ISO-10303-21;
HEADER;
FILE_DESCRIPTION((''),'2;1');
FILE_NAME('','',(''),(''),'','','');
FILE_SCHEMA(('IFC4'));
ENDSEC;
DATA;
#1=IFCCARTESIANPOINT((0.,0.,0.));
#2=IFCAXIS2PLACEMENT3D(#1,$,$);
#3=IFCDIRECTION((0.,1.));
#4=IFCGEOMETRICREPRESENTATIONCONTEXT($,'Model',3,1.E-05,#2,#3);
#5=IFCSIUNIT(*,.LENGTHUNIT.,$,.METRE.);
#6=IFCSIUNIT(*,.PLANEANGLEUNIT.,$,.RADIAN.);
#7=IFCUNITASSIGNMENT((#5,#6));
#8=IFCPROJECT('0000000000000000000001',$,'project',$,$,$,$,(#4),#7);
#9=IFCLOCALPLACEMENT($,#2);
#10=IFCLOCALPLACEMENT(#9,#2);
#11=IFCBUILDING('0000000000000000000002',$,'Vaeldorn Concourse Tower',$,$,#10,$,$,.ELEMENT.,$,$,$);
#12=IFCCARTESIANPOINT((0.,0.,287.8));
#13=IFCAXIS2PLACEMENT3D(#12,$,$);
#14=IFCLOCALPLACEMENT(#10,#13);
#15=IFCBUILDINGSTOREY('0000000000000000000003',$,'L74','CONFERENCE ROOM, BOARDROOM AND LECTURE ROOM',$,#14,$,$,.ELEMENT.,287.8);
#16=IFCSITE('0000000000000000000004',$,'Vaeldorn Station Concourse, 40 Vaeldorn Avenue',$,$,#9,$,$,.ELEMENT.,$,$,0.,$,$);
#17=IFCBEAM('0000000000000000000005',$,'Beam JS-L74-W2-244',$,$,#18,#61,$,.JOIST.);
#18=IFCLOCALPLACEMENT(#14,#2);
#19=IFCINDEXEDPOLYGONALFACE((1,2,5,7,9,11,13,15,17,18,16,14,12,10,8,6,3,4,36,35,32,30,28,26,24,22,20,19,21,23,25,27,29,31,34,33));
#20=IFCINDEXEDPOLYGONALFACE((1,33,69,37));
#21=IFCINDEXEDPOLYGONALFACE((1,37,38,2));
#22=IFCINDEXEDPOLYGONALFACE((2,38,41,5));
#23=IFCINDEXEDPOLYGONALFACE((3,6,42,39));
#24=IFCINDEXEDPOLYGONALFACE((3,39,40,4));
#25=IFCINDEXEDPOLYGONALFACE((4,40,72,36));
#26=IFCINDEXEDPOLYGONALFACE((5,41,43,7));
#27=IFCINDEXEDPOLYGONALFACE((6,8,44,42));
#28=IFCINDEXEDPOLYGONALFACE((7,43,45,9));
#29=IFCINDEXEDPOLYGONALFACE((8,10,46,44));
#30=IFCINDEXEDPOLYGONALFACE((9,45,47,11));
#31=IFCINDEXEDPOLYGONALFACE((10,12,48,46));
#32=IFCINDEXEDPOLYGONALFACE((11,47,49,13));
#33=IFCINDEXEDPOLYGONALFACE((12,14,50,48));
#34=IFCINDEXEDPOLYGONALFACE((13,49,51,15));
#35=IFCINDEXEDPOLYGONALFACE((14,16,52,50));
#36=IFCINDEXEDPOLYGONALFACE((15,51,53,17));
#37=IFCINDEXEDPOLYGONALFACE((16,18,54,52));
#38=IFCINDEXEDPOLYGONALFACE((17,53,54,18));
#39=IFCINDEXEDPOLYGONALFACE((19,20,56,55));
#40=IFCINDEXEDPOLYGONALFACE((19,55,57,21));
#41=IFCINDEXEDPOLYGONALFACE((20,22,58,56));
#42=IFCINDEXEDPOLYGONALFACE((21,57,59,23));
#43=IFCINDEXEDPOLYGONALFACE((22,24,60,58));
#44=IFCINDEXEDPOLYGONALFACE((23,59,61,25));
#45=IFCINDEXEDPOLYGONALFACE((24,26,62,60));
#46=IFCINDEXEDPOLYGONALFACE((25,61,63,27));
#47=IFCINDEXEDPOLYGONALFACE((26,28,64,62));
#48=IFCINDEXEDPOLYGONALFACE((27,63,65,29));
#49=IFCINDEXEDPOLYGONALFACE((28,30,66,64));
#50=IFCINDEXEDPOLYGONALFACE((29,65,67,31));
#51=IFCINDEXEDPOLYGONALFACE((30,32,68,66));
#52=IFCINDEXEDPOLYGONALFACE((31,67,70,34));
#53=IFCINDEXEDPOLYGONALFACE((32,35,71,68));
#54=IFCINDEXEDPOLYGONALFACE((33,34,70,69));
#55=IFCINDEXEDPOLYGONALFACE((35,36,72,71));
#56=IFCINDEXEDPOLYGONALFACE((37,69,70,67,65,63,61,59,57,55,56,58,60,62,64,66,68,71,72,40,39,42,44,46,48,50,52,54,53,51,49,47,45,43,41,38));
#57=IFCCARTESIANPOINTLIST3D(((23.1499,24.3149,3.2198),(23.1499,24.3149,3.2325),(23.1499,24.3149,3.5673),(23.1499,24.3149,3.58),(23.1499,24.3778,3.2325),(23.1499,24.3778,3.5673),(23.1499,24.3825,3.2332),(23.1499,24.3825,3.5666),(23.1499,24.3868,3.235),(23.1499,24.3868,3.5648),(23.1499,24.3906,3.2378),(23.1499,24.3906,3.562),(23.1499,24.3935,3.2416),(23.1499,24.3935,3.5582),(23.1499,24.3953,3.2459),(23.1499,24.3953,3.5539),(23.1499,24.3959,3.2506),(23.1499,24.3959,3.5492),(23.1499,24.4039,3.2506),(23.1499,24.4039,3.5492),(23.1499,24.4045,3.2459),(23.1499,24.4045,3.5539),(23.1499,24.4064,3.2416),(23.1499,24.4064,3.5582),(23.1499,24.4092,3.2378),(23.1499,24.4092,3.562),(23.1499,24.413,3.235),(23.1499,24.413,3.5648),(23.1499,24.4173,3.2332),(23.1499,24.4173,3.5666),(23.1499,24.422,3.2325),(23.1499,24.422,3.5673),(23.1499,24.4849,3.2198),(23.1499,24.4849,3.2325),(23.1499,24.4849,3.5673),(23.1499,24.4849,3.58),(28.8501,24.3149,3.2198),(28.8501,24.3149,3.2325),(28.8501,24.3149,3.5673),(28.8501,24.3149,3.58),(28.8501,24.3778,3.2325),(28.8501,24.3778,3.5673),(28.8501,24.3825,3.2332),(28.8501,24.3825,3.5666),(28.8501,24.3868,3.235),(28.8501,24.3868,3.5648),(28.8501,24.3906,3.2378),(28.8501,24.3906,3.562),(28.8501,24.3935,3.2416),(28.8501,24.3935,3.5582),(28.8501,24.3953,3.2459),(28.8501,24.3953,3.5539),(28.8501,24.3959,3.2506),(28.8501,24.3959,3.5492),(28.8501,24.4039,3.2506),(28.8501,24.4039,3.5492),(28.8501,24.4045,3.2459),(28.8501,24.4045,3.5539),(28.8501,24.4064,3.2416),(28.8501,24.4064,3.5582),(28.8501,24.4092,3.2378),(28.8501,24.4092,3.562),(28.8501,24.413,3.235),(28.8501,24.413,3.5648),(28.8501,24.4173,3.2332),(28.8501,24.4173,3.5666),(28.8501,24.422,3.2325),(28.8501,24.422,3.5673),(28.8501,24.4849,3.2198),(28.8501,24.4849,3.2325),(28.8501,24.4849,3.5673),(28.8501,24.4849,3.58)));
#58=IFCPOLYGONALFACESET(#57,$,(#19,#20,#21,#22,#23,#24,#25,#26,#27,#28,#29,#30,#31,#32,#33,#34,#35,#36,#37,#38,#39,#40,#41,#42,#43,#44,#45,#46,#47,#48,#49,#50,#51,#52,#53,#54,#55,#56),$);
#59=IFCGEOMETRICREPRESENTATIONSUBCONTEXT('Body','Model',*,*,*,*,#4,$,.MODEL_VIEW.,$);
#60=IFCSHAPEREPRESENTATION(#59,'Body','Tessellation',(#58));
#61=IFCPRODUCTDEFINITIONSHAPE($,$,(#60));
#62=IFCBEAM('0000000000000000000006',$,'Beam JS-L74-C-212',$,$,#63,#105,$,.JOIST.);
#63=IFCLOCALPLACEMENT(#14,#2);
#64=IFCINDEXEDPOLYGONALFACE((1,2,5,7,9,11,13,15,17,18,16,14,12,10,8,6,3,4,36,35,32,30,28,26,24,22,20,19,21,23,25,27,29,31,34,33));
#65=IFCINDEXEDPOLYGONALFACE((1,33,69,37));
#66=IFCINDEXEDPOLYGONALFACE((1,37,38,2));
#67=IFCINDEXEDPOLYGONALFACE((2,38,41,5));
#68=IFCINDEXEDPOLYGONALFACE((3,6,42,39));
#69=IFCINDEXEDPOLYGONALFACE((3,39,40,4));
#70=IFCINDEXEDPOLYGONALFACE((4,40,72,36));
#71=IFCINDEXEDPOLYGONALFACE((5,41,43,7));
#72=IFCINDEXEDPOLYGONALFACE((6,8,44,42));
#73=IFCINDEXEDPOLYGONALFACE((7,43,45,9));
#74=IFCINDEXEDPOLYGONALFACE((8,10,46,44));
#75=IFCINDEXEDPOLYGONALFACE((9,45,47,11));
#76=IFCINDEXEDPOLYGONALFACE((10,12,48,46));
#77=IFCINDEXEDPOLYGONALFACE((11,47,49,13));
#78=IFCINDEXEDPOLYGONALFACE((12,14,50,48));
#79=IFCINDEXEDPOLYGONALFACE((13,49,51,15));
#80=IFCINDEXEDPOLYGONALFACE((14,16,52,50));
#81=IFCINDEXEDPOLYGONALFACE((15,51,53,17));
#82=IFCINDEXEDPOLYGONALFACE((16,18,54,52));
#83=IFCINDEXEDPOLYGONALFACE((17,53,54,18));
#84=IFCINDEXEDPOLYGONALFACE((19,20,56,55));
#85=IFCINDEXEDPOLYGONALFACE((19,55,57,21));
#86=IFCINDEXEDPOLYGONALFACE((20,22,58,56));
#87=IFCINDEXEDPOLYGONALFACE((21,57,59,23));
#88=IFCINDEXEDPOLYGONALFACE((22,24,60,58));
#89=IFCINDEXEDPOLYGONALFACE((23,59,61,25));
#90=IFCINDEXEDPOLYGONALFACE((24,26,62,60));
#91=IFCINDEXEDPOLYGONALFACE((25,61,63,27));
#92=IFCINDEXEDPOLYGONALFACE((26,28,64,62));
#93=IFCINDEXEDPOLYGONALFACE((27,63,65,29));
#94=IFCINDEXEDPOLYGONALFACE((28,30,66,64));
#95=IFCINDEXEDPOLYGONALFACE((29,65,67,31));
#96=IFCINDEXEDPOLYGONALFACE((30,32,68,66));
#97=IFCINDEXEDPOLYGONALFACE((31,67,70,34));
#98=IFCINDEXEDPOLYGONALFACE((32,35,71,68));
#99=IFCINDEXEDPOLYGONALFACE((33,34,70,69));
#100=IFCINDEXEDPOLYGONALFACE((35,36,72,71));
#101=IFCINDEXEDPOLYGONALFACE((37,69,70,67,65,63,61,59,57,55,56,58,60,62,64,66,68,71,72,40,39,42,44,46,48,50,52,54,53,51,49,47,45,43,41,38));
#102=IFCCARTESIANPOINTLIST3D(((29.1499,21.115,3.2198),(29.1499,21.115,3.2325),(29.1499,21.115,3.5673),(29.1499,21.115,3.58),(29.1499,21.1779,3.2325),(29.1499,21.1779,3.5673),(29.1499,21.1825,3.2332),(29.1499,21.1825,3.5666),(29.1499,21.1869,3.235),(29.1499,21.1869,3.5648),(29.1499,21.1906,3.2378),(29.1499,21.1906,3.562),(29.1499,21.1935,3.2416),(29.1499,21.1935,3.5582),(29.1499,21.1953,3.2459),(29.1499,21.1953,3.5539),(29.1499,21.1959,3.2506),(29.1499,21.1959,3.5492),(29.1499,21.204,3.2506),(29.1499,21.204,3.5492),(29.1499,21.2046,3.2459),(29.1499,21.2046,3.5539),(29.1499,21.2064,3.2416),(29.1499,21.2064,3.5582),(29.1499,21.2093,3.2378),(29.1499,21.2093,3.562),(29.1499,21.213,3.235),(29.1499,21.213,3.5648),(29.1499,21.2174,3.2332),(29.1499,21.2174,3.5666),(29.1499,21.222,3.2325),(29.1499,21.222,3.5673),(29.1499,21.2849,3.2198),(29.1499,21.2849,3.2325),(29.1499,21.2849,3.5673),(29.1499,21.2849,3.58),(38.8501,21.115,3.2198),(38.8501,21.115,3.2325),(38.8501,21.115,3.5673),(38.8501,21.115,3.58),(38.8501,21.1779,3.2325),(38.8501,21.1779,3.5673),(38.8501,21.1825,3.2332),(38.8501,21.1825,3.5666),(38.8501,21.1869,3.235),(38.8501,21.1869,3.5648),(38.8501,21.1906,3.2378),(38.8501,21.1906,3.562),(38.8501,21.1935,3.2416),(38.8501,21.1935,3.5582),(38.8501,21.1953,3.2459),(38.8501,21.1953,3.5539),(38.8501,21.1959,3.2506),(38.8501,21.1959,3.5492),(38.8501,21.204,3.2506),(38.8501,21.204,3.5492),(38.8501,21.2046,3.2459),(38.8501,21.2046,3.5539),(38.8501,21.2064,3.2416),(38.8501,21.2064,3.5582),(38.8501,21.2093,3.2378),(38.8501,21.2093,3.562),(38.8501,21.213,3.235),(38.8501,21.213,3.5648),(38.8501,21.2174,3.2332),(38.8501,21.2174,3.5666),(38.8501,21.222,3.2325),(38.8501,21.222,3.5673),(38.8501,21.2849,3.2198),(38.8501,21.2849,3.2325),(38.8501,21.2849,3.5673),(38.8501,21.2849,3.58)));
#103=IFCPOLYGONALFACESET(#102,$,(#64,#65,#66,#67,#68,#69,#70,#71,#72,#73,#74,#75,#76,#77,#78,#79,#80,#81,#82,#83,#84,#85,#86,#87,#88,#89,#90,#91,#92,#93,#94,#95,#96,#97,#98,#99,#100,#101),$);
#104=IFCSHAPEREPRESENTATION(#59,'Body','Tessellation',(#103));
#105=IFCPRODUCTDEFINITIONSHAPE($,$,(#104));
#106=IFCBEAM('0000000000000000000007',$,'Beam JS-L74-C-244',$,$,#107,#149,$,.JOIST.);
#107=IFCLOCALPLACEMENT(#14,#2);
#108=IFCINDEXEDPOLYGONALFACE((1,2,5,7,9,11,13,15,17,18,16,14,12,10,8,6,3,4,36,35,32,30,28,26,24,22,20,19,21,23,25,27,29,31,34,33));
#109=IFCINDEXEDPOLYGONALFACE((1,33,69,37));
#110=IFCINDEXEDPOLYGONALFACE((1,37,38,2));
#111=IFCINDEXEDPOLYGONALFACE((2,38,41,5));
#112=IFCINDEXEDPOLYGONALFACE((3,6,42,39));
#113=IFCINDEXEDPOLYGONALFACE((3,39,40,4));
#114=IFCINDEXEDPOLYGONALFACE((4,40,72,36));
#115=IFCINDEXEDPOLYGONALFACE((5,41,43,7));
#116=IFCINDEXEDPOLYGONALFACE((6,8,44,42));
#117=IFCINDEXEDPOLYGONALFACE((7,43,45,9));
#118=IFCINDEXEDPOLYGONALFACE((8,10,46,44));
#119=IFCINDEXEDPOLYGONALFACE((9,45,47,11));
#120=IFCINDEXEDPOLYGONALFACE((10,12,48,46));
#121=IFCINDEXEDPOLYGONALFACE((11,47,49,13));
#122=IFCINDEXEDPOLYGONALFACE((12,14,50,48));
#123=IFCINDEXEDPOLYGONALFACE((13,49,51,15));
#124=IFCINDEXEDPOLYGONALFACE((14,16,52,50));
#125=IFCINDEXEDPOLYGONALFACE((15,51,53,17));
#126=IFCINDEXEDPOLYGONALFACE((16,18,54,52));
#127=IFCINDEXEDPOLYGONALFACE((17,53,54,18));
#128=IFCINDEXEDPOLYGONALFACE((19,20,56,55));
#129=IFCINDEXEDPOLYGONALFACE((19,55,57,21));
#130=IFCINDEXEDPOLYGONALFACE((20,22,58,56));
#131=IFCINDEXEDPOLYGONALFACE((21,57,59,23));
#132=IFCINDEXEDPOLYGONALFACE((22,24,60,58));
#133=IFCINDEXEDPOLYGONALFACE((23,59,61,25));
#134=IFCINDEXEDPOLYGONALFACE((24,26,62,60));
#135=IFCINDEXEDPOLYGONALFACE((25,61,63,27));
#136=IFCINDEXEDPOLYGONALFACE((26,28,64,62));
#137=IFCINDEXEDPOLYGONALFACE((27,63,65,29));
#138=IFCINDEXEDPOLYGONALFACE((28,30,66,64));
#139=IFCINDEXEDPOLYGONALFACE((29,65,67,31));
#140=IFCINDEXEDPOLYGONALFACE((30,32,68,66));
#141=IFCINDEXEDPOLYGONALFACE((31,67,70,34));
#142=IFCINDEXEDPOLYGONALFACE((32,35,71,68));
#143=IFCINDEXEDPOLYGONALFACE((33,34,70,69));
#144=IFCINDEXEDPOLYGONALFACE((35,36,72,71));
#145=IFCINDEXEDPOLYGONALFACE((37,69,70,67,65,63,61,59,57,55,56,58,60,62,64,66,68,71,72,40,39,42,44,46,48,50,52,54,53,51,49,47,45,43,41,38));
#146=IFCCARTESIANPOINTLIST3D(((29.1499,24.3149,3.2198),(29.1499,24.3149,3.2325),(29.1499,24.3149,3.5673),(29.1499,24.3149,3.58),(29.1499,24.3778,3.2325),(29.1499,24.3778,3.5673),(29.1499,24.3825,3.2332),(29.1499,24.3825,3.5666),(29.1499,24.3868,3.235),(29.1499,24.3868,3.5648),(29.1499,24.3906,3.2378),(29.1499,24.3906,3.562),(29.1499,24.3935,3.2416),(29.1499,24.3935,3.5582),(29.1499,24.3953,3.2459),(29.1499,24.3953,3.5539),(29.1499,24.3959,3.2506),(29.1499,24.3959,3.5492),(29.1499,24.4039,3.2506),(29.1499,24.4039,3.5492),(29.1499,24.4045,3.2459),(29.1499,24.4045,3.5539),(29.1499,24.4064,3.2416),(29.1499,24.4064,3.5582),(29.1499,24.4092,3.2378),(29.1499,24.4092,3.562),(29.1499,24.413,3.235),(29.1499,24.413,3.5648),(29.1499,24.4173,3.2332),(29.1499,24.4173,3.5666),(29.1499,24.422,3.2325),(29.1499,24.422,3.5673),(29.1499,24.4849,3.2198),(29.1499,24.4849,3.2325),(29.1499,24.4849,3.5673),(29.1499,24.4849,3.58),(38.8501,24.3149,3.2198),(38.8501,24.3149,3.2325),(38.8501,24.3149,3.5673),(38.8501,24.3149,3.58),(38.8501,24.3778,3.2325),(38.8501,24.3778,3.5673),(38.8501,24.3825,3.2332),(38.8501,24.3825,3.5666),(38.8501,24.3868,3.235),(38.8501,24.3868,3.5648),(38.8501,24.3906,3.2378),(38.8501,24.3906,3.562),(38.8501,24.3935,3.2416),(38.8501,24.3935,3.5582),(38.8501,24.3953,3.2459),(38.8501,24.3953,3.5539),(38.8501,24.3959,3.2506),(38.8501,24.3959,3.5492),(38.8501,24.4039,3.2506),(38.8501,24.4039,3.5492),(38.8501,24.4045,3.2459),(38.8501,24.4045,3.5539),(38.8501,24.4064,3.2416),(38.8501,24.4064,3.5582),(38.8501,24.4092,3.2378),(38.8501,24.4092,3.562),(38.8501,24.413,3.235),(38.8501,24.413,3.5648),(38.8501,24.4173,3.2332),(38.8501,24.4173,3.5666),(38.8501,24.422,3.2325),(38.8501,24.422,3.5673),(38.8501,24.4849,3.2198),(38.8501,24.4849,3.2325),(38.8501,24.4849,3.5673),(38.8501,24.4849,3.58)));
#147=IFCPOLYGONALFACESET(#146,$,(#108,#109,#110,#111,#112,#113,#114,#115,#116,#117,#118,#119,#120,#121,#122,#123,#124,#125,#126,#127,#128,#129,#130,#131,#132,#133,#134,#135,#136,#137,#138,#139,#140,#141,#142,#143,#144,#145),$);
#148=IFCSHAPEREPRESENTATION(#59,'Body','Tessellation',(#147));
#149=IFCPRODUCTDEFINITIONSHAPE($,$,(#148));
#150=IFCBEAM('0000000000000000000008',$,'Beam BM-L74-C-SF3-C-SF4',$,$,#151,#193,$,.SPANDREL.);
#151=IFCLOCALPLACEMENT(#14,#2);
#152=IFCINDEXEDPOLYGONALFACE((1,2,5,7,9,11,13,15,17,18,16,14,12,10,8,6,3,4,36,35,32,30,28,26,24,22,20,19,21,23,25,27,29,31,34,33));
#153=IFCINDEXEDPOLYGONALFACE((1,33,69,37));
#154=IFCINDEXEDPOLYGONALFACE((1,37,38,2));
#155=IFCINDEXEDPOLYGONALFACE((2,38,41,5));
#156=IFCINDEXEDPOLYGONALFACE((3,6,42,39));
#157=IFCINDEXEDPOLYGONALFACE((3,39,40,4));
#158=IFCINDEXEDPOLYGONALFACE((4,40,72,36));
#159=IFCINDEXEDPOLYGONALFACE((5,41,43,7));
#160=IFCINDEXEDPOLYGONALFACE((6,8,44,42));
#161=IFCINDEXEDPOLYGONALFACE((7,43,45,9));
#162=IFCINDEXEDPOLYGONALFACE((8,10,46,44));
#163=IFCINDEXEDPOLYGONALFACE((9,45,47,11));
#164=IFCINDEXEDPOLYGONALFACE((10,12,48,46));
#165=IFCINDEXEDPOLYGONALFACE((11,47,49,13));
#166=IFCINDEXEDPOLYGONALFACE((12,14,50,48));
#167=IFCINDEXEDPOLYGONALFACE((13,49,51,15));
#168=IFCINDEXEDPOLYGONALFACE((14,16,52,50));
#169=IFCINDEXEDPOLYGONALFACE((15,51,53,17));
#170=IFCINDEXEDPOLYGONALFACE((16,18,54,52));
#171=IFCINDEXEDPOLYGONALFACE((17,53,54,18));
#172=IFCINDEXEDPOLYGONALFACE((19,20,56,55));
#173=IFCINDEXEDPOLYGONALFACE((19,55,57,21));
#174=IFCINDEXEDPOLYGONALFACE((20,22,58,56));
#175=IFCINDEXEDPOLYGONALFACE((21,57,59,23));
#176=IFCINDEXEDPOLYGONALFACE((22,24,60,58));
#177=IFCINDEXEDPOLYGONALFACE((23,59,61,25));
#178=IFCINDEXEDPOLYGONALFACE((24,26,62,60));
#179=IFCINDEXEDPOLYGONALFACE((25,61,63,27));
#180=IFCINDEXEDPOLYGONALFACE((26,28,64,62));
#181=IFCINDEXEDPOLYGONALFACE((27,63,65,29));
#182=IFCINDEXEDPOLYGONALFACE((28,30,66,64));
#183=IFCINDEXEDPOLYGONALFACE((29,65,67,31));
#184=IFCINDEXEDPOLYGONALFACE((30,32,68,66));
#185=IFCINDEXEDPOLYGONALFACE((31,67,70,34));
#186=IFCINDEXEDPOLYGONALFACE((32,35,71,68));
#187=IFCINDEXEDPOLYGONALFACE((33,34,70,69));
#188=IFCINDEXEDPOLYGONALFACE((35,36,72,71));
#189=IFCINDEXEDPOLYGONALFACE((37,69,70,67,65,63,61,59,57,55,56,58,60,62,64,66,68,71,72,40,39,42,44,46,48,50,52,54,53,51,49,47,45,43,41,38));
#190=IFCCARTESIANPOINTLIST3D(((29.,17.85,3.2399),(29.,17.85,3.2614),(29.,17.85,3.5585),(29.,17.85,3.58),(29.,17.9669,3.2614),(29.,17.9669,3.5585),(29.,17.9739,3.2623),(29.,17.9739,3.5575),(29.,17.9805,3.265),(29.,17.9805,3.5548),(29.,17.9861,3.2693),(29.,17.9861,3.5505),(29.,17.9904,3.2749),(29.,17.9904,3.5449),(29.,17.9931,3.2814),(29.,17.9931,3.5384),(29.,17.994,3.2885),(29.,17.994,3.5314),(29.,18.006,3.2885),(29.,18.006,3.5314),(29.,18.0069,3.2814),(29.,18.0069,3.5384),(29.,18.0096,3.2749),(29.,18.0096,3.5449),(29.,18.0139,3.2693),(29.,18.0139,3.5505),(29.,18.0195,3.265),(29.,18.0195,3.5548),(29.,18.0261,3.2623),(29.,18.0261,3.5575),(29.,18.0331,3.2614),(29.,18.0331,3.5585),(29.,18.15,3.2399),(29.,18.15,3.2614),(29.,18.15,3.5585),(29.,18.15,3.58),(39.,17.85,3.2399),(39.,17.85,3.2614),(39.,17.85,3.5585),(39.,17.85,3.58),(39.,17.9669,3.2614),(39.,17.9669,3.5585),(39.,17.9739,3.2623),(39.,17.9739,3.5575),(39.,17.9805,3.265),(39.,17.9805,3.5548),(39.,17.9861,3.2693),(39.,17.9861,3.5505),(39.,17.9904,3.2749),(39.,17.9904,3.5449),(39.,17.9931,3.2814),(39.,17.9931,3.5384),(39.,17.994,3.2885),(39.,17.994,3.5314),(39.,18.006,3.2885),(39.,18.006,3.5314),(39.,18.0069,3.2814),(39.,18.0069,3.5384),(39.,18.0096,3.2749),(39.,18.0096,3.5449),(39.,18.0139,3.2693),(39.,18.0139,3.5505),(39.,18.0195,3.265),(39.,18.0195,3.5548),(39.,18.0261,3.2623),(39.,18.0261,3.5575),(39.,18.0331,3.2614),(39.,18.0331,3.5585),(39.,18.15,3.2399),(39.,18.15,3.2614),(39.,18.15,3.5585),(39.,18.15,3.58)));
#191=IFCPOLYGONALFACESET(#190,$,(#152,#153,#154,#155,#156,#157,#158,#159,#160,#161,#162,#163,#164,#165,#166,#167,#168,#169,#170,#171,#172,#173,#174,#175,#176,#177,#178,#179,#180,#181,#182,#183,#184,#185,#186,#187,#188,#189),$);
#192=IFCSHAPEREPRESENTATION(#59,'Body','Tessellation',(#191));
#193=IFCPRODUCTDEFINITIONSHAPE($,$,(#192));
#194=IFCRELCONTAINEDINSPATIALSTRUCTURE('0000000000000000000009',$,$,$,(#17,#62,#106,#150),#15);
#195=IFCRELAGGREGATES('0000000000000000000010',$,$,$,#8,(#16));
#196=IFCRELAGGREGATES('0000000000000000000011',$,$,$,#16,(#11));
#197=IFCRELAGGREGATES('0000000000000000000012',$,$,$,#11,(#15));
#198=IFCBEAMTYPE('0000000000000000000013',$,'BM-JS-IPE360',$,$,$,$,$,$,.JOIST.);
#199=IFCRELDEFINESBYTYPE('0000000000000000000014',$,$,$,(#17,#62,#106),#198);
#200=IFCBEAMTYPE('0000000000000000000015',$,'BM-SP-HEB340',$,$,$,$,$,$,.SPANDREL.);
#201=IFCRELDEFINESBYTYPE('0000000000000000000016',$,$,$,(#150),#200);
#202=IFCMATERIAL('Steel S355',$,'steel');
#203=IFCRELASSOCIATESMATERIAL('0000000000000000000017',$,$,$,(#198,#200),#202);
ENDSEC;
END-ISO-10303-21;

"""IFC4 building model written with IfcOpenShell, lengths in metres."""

from ifc_helpers import new_model, si_unit, direction, frame, origin, origin_2d, place, context, subcontext, project, spatial, i_section, extrude, source, transform, mapped, material, material_profile, profile_set, type_object, element, save


model = new_model("IFC4")

# Units and contexts
model_context = context("Model", 3, precision=1e-05, world=origin(), true_north=direction((0.0, 1.0)))
body_context = subcontext(model_context, "Body", "Model", "MODEL_VIEW")
ifc_project = project(units=[si_unit("LENGTHUNIT", "METRE"), si_unit("PLANEANGLEUNIT", "RADIAN")], contexts=[model_context])

# Site, building, storey
site_placement = place(None, origin())
site = spatial("IfcSite", under=ifc_project, at=site_placement, Name="Vaeldorn Station Concourse, 40 Vaeldorn Avenue", CompositionType="ELEMENT", RefElevation=0.0)
building_placement = place(site_placement, origin())
building = spatial("IfcBuilding", under=site, at=building_placement, Name="Vaeldorn Concourse Tower", CompositionType="ELEMENT")
storey_placement = place(building_placement, frame((0.0, 0.0, 287.8)))
storey = spatial("IfcBuildingStorey", under=building, at=storey_placement, Name="L74", Description="CONFERENCE ROOM, BOARDROOM AND LECTURE ROOM", CompositionType="ELEMENT", Elevation=287.8)

# Shared definitions
ifc_material_1 = material(Name="Steel S355", Category="steel")

# Beams
ifc_material_profile_1 = material_profile(ifc_material_1, i_section(OverallWidth=0.1699, OverallDepth=0.3601, WebThickness=0.0081, FlangeThickness=0.0127, FilletRadius=0.0181, at=origin_2d()), Name="IPE 360")
ifc_profile_set_1 = profile_set([ifc_material_profile_1], Name="Steel S355")
beam_type_1 = type_object("IfcBeamType", Name="BM-JS-IPE360", PredefinedType="JOIST", material=ifc_profile_set_1)
shared_shape_1 = source(origin(), body_context, "Body", "SweptSolid", [
    extrude(i_section(OverallWidth=0.1699, OverallDepth=0.3601, WebThickness=0.0081, FlangeThickness=0.0127, FilletRadius=0.0181, at=origin_2d()), origin(), (0.0, 0.0, 1.0), 5.7002),
])
for number, where, z_axis, x_axis, name in (
    (1, (23.1499, 24.3999, 3.3999), (1.0, 0.0, 0.0), (0.0, 1.0, 0.0), "Beam JS-L74-W2-244"),
):
    element("IfcBeam", number, at=place(storey_placement, frame(where, z_axis=z_axis, x_axis=x_axis)), inside=storey, type_object=beam_type_1, Name=name, PredefinedType="JOIST", context=body_context, shape_type="MappedRepresentation", body=[
        mapped(shared_shape_1, transform((0.0, 0.0, 0.0), scale=1.0)),
    ])
shared_shape_2 = source(origin(), body_context, "Body", "SweptSolid", [
    extrude(i_section(OverallWidth=0.1699, OverallDepth=0.3601, WebThickness=0.0081, FlangeThickness=0.0127, FilletRadius=0.0181, at=origin_2d()), origin(), (0.0, 0.0, 1.0), 9.7002),
])
for number, where, z_axis, x_axis, name in (
    (2, (29.1499, 21.2, 3.3999), (1.0, 0.0, 0.0), (0.0, 1.0, 0.0), "Beam JS-L74-C-212"),
    (3, (29.1499, 24.3999, 3.3999), (1.0, 0.0, 0.0), (0.0, 1.0, 0.0), "Beam JS-L74-C-244"),
):
    element("IfcBeam", number, at=place(storey_placement, frame(where, z_axis=z_axis, x_axis=x_axis)), inside=storey, type_object=beam_type_1, Name=name, PredefinedType="JOIST", context=body_context, shape_type="MappedRepresentation", body=[
        mapped(shared_shape_2, transform((0.0, 0.0, 0.0), scale=1.0)),
    ])
ifc_material_profile_2 = material_profile(ifc_material_1, i_section(OverallWidth=0.3, OverallDepth=0.3401, WebThickness=0.012, FlangeThickness=0.0215, FilletRadius=0.0271, at=origin_2d()), Name="HEB 340")
ifc_profile_set_2 = profile_set([ifc_material_profile_2], Name="Steel S355")
beam_type_2 = type_object("IfcBeamType", Name="BM-SP-HEB340", PredefinedType="SPANDREL", material=ifc_profile_set_2)
shared_shape_3 = source(origin(), body_context, "Body", "SweptSolid", [
    extrude(i_section(OverallWidth=0.3, OverallDepth=0.3401, WebThickness=0.012, FlangeThickness=0.0215, FilletRadius=0.0271, at=origin_2d()), origin(), (0.0, 0.0, 1.0), 10.0),
])
beam_1_placement = place(storey_placement, frame((29.0, 18.0, 3.4099), z_axis=(1.0, 0.0, 0.0), x_axis=(0.0, 1.0, 0.0)))
element("IfcBeam", 4, at=beam_1_placement, inside=storey, type_object=beam_type_2, Name="Beam BM-L74-C-SF3-C-SF4", PredefinedType="SPANDREL", context=body_context, shape_type="MappedRepresentation", body=[
    mapped(shared_shape_3, transform((0.0, 0.0, 0.0), scale=1.0)),
])

save(model, "model.ifc")
